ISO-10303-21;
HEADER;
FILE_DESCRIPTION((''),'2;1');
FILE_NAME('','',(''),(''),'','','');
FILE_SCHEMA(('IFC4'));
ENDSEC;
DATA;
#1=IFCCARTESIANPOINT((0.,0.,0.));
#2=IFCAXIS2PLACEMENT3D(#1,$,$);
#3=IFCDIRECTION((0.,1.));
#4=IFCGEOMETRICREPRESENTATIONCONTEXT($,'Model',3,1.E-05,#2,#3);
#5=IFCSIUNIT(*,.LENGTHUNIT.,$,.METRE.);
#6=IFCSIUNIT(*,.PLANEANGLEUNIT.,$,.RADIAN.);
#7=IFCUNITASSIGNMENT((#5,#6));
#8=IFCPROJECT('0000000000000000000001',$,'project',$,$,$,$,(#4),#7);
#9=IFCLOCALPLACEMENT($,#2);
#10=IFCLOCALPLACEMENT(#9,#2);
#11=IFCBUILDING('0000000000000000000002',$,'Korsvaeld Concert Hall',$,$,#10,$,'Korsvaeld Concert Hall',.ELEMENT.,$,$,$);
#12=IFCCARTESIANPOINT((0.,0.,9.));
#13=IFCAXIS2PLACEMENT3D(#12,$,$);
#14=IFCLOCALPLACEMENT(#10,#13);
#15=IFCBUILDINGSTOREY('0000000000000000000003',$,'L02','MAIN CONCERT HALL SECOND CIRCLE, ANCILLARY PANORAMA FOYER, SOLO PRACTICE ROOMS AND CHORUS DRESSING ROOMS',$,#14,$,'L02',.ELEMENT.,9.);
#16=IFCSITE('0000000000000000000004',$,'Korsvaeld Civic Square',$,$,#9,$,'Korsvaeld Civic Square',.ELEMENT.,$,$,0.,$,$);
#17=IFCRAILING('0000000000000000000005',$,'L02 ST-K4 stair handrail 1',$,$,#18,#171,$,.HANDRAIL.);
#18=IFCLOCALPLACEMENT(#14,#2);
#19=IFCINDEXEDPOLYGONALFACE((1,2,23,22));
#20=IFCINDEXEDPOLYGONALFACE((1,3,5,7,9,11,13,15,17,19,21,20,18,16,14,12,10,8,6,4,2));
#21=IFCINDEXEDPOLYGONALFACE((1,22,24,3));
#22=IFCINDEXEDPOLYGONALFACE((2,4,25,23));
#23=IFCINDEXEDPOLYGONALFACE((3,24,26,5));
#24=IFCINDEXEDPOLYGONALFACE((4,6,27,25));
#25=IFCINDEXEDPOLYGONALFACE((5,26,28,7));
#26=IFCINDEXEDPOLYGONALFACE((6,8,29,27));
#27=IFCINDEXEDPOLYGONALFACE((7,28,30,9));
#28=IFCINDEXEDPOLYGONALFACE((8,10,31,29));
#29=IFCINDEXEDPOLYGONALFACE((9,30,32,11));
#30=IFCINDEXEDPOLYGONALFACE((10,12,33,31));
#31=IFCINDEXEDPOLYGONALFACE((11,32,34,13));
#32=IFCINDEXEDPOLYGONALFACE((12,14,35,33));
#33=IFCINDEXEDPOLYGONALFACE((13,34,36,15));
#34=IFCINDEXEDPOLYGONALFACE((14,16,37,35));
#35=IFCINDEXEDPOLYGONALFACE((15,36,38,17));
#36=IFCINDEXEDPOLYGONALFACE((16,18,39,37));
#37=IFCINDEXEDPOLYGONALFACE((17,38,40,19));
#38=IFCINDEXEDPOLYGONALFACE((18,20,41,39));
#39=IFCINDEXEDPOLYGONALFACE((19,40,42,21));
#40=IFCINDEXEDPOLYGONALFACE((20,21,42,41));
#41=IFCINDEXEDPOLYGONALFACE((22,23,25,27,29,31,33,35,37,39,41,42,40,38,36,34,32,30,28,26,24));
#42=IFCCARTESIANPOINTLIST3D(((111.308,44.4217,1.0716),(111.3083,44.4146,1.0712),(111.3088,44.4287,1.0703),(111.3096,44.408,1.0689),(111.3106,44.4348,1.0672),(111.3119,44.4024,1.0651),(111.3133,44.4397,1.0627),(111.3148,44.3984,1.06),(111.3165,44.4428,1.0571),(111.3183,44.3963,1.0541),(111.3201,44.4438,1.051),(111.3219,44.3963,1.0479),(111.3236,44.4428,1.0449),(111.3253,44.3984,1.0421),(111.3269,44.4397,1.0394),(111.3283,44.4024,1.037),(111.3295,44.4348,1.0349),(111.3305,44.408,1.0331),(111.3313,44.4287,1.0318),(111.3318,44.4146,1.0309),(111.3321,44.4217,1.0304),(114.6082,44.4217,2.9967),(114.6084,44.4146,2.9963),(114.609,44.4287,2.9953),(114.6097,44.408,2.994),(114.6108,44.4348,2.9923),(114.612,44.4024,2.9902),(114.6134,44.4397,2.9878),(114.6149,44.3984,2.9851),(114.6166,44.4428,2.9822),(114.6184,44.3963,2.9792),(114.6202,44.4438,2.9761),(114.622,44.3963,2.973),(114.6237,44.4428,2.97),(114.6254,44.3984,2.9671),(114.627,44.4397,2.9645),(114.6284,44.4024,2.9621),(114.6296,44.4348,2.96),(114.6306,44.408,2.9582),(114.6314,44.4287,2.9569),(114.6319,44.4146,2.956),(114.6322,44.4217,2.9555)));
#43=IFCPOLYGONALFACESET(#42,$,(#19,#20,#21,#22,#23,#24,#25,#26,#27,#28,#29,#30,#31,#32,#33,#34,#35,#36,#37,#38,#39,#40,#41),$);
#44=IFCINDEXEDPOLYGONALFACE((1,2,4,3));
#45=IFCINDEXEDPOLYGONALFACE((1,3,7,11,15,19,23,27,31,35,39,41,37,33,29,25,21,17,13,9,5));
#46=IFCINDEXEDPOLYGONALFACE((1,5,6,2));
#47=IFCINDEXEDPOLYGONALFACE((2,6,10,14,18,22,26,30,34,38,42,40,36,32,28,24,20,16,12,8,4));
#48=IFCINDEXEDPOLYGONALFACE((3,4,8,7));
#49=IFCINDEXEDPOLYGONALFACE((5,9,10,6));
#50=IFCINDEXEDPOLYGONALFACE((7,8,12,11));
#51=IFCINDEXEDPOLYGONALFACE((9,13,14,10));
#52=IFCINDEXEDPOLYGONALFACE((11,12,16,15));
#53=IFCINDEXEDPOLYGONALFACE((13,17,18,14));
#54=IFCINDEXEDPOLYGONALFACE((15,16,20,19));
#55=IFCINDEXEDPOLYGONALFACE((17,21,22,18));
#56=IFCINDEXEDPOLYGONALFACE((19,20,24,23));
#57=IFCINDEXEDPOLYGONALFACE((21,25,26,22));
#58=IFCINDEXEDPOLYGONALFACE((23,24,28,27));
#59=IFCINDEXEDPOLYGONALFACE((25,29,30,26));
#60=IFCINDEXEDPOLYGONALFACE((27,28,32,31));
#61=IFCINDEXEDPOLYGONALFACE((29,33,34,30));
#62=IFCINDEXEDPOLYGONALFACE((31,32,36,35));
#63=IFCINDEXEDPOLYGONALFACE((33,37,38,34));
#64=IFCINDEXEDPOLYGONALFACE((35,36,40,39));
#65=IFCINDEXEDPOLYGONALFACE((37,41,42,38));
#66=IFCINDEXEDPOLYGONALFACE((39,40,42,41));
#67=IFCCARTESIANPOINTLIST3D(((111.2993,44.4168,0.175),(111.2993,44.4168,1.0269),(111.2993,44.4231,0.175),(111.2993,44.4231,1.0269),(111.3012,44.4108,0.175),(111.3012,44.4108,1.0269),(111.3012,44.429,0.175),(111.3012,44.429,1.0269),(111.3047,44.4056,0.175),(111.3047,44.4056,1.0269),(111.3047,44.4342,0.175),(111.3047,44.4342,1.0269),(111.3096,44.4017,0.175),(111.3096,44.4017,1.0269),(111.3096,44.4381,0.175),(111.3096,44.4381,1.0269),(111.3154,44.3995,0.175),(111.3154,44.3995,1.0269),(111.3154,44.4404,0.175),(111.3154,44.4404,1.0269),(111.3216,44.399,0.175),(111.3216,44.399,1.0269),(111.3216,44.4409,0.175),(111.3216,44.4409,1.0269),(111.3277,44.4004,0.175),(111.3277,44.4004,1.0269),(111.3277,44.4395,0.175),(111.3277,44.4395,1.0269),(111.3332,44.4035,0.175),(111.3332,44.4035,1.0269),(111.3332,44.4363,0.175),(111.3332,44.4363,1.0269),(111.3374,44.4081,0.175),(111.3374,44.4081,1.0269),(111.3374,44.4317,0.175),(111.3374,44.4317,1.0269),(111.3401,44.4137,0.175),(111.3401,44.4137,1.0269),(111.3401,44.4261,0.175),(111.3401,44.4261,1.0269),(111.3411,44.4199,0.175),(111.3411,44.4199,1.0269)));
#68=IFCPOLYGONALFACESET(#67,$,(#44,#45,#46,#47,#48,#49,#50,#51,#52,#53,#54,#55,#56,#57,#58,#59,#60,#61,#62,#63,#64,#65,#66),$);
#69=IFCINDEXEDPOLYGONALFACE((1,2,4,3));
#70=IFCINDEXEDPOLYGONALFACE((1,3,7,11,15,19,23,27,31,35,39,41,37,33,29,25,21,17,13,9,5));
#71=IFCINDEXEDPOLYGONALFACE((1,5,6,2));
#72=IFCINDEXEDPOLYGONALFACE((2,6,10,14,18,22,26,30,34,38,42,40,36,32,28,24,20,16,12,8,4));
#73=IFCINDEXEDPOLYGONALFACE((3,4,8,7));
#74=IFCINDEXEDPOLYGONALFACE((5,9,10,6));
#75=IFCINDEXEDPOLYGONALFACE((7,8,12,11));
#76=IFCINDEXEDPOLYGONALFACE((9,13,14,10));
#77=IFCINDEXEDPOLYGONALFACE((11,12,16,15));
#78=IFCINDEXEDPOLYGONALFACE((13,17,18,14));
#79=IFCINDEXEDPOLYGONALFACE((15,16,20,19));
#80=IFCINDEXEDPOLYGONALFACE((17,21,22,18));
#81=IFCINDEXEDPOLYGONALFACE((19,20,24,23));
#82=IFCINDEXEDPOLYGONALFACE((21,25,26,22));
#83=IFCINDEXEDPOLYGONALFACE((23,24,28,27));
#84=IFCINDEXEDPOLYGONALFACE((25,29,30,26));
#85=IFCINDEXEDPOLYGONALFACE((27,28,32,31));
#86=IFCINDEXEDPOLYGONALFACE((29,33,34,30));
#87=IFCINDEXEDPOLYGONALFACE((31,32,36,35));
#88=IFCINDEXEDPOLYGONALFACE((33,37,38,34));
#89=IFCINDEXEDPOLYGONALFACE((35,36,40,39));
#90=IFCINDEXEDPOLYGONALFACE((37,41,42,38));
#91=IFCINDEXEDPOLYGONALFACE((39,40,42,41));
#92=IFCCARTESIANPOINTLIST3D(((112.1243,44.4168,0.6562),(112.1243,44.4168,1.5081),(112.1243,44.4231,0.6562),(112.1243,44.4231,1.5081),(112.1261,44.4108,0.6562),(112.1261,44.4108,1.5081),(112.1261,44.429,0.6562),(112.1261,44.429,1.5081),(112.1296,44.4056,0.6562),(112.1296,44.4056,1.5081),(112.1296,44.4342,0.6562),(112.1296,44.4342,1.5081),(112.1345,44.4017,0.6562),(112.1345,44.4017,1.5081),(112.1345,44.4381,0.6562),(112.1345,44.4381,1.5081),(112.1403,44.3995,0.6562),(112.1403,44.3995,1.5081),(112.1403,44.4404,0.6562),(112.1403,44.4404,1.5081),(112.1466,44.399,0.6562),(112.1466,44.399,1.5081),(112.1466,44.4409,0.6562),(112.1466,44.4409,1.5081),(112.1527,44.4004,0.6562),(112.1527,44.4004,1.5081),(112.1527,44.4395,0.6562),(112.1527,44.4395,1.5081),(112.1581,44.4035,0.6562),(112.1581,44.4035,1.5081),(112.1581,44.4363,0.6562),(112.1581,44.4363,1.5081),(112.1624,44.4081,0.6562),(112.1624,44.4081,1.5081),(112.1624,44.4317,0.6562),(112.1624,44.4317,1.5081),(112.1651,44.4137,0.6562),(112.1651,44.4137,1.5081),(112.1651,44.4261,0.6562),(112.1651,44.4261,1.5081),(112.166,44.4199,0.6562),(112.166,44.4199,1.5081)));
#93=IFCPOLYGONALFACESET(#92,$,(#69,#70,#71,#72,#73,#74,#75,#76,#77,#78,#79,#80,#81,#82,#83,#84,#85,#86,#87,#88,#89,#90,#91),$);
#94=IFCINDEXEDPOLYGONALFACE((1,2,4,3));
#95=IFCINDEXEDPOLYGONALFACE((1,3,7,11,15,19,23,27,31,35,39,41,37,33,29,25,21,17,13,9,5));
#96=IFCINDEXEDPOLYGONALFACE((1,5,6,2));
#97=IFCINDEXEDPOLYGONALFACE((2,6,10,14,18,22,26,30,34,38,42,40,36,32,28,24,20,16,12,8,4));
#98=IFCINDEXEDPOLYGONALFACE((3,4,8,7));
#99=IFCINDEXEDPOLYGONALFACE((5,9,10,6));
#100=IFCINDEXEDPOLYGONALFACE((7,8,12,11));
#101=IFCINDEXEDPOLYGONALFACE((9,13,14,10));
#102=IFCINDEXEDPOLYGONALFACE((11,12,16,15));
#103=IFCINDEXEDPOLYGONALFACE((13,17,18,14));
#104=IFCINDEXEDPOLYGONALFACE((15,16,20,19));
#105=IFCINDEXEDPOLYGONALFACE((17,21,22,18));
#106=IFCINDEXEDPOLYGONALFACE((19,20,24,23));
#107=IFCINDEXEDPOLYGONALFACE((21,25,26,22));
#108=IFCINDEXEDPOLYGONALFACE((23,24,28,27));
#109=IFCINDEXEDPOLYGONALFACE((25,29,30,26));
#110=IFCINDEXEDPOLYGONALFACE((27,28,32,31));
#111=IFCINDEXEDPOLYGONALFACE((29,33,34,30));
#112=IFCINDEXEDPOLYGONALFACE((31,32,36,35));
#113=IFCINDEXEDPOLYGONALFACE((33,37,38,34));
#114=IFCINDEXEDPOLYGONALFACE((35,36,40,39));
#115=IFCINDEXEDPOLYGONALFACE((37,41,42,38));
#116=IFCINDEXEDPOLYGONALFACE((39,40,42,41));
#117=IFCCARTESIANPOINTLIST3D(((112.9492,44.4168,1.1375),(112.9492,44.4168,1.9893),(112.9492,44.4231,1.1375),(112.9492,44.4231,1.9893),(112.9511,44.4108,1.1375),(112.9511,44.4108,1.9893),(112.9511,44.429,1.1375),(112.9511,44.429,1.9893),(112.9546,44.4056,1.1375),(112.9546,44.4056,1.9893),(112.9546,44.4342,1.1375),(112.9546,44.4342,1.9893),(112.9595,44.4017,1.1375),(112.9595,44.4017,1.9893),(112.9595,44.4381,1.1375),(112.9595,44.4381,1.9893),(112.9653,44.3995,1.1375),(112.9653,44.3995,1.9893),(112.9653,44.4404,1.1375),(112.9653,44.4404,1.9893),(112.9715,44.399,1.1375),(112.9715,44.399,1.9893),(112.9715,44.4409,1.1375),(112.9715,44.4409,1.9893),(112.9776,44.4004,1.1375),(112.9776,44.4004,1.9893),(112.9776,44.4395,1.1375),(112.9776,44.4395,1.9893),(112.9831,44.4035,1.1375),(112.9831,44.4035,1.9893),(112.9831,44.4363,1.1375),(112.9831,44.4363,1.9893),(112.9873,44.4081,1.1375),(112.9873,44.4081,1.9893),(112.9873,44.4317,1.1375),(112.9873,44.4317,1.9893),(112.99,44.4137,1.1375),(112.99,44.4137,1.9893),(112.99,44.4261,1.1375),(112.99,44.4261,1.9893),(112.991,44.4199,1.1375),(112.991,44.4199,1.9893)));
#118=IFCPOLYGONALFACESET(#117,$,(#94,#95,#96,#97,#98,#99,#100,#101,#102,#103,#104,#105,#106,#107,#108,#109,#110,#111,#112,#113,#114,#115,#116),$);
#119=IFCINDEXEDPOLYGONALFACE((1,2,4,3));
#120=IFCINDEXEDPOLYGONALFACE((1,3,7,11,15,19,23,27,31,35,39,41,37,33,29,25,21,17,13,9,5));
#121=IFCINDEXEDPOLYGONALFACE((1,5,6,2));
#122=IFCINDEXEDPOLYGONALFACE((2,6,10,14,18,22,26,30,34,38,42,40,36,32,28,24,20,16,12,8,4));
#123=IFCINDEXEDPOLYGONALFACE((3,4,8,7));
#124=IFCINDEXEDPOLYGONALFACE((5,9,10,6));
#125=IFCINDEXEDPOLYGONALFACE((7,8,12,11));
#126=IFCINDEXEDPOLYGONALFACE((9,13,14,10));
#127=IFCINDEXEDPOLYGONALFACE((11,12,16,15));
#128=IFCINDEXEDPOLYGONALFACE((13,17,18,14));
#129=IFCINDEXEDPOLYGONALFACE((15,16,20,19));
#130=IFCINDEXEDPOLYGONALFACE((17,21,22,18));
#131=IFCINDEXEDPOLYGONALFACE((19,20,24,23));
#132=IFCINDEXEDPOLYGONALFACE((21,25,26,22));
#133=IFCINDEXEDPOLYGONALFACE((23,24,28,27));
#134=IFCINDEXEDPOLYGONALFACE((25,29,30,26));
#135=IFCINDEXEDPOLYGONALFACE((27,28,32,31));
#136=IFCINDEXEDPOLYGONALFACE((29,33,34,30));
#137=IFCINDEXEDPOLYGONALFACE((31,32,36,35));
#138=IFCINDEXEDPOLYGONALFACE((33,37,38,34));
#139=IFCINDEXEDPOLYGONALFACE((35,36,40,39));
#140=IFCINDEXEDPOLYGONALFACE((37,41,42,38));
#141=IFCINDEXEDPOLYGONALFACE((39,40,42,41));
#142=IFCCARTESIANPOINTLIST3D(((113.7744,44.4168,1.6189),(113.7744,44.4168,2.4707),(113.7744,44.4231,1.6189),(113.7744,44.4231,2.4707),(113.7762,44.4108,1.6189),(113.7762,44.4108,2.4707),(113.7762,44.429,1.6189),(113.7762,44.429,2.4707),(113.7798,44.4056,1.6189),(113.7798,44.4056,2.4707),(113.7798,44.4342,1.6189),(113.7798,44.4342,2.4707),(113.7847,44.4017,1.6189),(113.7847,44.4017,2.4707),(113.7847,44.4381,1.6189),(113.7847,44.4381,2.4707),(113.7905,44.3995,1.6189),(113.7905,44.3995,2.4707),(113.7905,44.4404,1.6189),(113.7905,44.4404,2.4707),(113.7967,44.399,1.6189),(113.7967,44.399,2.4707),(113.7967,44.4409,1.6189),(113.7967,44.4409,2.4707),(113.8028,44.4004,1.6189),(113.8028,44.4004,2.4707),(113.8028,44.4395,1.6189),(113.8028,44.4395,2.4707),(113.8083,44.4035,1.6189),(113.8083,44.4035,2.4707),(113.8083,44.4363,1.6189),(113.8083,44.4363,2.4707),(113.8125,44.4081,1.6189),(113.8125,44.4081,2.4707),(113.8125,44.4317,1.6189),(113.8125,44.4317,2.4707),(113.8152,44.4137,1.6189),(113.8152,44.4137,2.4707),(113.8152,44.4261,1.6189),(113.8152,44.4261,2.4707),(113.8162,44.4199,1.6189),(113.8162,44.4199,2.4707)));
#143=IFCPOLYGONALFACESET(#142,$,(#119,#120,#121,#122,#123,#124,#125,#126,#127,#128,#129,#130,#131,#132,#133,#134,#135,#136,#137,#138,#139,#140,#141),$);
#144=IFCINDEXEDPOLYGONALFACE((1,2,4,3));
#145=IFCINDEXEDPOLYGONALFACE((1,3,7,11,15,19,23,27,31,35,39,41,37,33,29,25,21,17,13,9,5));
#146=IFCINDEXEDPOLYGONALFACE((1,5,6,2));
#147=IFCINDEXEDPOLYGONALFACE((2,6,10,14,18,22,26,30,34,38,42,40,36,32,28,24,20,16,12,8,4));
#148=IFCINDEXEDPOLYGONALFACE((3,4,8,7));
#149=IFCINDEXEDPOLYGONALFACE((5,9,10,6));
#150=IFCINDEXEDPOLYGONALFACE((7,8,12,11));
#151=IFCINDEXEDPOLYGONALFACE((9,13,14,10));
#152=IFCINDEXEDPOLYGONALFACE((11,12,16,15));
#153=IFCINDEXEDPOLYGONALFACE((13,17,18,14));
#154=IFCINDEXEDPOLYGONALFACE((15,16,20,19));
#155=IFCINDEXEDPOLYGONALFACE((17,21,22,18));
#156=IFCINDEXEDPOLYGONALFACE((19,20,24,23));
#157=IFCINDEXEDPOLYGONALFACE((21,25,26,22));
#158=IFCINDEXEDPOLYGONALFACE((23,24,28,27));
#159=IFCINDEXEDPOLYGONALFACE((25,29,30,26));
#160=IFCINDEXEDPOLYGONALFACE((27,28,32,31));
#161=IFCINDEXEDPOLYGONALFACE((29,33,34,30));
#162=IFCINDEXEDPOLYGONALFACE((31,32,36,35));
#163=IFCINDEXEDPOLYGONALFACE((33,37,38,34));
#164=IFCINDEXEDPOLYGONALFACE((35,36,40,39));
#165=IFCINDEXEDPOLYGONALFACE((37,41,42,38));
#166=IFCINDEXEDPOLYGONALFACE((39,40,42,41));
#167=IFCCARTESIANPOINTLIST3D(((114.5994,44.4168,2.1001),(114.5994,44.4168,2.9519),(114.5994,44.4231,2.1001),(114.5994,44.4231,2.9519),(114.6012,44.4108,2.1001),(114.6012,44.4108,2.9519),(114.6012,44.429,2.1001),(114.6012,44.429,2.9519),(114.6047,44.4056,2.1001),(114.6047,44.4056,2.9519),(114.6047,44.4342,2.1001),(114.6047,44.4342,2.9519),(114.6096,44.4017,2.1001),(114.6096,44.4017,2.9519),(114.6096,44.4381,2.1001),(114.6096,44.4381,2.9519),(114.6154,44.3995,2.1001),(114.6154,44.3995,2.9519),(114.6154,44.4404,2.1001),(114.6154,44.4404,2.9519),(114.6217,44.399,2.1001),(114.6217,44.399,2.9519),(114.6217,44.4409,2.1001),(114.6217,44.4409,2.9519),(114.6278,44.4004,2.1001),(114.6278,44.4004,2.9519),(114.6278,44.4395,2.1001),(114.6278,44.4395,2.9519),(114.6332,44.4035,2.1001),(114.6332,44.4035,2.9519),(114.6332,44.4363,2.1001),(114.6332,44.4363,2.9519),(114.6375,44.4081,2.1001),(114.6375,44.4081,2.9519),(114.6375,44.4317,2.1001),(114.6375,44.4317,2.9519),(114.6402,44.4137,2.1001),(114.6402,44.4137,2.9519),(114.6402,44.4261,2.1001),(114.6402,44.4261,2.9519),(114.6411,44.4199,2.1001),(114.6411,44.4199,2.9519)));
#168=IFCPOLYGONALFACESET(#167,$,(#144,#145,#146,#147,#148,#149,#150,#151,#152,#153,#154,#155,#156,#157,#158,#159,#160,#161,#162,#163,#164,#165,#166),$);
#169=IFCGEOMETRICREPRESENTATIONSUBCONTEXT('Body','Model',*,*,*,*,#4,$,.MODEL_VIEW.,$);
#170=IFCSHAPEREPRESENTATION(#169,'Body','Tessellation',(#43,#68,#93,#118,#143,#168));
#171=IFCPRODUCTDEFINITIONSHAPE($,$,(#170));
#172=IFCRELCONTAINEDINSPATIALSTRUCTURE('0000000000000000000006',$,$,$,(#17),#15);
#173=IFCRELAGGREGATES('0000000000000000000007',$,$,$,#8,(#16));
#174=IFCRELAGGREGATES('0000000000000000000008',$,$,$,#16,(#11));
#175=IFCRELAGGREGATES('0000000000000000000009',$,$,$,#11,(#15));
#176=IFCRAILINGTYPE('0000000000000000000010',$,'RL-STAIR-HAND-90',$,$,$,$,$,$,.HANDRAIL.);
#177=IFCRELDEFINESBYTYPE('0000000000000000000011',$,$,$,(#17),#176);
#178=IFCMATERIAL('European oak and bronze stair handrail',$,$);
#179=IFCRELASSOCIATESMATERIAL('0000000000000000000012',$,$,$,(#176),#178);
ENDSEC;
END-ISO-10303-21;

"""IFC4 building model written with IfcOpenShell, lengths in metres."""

from ifc_helpers import new_model, si_unit, direction, frame, origin, origin_2d, place, context, subcontext, project, spatial, circle, extrude, material, type_object, element, save


model = new_model("IFC4")

# Units and contexts
model_context = context("Model", 3, precision=1e-05, world=origin(), true_north=direction((0.0, 1.0)))
body_context = subcontext(model_context, "Body", "Model", "MODEL_VIEW")
ifc_project = project(units=[si_unit("LENGTHUNIT", "METRE"), si_unit("PLANEANGLEUNIT", "RADIAN")], contexts=[model_context])

# Site, building, storey
site_placement = place(None, origin())
site = spatial("IfcSite", under=ifc_project, at=site_placement, Name="Korsvaeld Civic Square", LongName="Korsvaeld Civic Square", CompositionType="ELEMENT", RefElevation=0.0)
building_placement = place(site_placement, origin())
building = spatial("IfcBuilding", under=site, at=building_placement, Name="Korsvaeld Concert Hall", LongName="Korsvaeld Concert Hall", CompositionType="ELEMENT")
storey_placement = place(building_placement, frame((0.0, 0.0, 9.0)))
storey = spatial("IfcBuildingStorey", under=building, at=storey_placement, Name="L02", Description="MAIN CONCERT HALL SECOND CIRCLE, ANCILLARY PANORAMA FOYER, SOLO PRACTICE ROOMS AND CHORUS DRESSING ROOMS", LongName="L02", CompositionType="ELEMENT", Elevation=9.0)

# Railing
ifc_material_1 = material(Name="European oak and bronze stair handrail")
railing_type_1 = type_object("IfcRailingType", Name="RL-STAIR-HAND-90", PredefinedType="HANDRAIL", material=ifc_material_1)
railing_1_placement = place(storey_placement, frame((111.3201, 44.4199, 0.175)))
element("IfcRailing", 1, at=railing_1_placement, inside=storey, type_object=railing_type_1, Name="L02 ST-K4 stair handrail 1", PredefinedType="HANDRAIL", context=body_context, shape_type="SweptSolid", body=[
    extrude(circle(Radius=0.0239, at=origin_2d()), frame((0.0, 0.0, 0.876), z_axis=(0.863777, 0.0, 0.503875), x_axis=(0.0, 1.0, 0.0)), (0.0, 0.0, 1.0), 3.8206),
    extrude(circle(Radius=0.021, at=origin_2d()), origin(), (0.0, 0.0, 1.0), 0.8518),
    extrude(circle(Radius=0.021, at=origin_2d()), frame((0.825, 0.0, 0.4812)), (0.0, 0.0, 1.0), 0.8518),
    extrude(circle(Radius=0.021, at=origin_2d()), frame((1.6499, 0.0, 0.9624)), (0.0, 0.0, 1.0), 0.8518),
    extrude(circle(Radius=0.021, at=origin_2d()), frame((2.4751, 0.0, 1.4438)), (0.0, 0.0, 1.0), 0.8518),
    extrude(circle(Radius=0.021, at=origin_2d()), frame((3.3, 0.0, 1.925)), (0.0, 0.0, 1.0), 0.8518),
])

save(model, "model.ifc")
